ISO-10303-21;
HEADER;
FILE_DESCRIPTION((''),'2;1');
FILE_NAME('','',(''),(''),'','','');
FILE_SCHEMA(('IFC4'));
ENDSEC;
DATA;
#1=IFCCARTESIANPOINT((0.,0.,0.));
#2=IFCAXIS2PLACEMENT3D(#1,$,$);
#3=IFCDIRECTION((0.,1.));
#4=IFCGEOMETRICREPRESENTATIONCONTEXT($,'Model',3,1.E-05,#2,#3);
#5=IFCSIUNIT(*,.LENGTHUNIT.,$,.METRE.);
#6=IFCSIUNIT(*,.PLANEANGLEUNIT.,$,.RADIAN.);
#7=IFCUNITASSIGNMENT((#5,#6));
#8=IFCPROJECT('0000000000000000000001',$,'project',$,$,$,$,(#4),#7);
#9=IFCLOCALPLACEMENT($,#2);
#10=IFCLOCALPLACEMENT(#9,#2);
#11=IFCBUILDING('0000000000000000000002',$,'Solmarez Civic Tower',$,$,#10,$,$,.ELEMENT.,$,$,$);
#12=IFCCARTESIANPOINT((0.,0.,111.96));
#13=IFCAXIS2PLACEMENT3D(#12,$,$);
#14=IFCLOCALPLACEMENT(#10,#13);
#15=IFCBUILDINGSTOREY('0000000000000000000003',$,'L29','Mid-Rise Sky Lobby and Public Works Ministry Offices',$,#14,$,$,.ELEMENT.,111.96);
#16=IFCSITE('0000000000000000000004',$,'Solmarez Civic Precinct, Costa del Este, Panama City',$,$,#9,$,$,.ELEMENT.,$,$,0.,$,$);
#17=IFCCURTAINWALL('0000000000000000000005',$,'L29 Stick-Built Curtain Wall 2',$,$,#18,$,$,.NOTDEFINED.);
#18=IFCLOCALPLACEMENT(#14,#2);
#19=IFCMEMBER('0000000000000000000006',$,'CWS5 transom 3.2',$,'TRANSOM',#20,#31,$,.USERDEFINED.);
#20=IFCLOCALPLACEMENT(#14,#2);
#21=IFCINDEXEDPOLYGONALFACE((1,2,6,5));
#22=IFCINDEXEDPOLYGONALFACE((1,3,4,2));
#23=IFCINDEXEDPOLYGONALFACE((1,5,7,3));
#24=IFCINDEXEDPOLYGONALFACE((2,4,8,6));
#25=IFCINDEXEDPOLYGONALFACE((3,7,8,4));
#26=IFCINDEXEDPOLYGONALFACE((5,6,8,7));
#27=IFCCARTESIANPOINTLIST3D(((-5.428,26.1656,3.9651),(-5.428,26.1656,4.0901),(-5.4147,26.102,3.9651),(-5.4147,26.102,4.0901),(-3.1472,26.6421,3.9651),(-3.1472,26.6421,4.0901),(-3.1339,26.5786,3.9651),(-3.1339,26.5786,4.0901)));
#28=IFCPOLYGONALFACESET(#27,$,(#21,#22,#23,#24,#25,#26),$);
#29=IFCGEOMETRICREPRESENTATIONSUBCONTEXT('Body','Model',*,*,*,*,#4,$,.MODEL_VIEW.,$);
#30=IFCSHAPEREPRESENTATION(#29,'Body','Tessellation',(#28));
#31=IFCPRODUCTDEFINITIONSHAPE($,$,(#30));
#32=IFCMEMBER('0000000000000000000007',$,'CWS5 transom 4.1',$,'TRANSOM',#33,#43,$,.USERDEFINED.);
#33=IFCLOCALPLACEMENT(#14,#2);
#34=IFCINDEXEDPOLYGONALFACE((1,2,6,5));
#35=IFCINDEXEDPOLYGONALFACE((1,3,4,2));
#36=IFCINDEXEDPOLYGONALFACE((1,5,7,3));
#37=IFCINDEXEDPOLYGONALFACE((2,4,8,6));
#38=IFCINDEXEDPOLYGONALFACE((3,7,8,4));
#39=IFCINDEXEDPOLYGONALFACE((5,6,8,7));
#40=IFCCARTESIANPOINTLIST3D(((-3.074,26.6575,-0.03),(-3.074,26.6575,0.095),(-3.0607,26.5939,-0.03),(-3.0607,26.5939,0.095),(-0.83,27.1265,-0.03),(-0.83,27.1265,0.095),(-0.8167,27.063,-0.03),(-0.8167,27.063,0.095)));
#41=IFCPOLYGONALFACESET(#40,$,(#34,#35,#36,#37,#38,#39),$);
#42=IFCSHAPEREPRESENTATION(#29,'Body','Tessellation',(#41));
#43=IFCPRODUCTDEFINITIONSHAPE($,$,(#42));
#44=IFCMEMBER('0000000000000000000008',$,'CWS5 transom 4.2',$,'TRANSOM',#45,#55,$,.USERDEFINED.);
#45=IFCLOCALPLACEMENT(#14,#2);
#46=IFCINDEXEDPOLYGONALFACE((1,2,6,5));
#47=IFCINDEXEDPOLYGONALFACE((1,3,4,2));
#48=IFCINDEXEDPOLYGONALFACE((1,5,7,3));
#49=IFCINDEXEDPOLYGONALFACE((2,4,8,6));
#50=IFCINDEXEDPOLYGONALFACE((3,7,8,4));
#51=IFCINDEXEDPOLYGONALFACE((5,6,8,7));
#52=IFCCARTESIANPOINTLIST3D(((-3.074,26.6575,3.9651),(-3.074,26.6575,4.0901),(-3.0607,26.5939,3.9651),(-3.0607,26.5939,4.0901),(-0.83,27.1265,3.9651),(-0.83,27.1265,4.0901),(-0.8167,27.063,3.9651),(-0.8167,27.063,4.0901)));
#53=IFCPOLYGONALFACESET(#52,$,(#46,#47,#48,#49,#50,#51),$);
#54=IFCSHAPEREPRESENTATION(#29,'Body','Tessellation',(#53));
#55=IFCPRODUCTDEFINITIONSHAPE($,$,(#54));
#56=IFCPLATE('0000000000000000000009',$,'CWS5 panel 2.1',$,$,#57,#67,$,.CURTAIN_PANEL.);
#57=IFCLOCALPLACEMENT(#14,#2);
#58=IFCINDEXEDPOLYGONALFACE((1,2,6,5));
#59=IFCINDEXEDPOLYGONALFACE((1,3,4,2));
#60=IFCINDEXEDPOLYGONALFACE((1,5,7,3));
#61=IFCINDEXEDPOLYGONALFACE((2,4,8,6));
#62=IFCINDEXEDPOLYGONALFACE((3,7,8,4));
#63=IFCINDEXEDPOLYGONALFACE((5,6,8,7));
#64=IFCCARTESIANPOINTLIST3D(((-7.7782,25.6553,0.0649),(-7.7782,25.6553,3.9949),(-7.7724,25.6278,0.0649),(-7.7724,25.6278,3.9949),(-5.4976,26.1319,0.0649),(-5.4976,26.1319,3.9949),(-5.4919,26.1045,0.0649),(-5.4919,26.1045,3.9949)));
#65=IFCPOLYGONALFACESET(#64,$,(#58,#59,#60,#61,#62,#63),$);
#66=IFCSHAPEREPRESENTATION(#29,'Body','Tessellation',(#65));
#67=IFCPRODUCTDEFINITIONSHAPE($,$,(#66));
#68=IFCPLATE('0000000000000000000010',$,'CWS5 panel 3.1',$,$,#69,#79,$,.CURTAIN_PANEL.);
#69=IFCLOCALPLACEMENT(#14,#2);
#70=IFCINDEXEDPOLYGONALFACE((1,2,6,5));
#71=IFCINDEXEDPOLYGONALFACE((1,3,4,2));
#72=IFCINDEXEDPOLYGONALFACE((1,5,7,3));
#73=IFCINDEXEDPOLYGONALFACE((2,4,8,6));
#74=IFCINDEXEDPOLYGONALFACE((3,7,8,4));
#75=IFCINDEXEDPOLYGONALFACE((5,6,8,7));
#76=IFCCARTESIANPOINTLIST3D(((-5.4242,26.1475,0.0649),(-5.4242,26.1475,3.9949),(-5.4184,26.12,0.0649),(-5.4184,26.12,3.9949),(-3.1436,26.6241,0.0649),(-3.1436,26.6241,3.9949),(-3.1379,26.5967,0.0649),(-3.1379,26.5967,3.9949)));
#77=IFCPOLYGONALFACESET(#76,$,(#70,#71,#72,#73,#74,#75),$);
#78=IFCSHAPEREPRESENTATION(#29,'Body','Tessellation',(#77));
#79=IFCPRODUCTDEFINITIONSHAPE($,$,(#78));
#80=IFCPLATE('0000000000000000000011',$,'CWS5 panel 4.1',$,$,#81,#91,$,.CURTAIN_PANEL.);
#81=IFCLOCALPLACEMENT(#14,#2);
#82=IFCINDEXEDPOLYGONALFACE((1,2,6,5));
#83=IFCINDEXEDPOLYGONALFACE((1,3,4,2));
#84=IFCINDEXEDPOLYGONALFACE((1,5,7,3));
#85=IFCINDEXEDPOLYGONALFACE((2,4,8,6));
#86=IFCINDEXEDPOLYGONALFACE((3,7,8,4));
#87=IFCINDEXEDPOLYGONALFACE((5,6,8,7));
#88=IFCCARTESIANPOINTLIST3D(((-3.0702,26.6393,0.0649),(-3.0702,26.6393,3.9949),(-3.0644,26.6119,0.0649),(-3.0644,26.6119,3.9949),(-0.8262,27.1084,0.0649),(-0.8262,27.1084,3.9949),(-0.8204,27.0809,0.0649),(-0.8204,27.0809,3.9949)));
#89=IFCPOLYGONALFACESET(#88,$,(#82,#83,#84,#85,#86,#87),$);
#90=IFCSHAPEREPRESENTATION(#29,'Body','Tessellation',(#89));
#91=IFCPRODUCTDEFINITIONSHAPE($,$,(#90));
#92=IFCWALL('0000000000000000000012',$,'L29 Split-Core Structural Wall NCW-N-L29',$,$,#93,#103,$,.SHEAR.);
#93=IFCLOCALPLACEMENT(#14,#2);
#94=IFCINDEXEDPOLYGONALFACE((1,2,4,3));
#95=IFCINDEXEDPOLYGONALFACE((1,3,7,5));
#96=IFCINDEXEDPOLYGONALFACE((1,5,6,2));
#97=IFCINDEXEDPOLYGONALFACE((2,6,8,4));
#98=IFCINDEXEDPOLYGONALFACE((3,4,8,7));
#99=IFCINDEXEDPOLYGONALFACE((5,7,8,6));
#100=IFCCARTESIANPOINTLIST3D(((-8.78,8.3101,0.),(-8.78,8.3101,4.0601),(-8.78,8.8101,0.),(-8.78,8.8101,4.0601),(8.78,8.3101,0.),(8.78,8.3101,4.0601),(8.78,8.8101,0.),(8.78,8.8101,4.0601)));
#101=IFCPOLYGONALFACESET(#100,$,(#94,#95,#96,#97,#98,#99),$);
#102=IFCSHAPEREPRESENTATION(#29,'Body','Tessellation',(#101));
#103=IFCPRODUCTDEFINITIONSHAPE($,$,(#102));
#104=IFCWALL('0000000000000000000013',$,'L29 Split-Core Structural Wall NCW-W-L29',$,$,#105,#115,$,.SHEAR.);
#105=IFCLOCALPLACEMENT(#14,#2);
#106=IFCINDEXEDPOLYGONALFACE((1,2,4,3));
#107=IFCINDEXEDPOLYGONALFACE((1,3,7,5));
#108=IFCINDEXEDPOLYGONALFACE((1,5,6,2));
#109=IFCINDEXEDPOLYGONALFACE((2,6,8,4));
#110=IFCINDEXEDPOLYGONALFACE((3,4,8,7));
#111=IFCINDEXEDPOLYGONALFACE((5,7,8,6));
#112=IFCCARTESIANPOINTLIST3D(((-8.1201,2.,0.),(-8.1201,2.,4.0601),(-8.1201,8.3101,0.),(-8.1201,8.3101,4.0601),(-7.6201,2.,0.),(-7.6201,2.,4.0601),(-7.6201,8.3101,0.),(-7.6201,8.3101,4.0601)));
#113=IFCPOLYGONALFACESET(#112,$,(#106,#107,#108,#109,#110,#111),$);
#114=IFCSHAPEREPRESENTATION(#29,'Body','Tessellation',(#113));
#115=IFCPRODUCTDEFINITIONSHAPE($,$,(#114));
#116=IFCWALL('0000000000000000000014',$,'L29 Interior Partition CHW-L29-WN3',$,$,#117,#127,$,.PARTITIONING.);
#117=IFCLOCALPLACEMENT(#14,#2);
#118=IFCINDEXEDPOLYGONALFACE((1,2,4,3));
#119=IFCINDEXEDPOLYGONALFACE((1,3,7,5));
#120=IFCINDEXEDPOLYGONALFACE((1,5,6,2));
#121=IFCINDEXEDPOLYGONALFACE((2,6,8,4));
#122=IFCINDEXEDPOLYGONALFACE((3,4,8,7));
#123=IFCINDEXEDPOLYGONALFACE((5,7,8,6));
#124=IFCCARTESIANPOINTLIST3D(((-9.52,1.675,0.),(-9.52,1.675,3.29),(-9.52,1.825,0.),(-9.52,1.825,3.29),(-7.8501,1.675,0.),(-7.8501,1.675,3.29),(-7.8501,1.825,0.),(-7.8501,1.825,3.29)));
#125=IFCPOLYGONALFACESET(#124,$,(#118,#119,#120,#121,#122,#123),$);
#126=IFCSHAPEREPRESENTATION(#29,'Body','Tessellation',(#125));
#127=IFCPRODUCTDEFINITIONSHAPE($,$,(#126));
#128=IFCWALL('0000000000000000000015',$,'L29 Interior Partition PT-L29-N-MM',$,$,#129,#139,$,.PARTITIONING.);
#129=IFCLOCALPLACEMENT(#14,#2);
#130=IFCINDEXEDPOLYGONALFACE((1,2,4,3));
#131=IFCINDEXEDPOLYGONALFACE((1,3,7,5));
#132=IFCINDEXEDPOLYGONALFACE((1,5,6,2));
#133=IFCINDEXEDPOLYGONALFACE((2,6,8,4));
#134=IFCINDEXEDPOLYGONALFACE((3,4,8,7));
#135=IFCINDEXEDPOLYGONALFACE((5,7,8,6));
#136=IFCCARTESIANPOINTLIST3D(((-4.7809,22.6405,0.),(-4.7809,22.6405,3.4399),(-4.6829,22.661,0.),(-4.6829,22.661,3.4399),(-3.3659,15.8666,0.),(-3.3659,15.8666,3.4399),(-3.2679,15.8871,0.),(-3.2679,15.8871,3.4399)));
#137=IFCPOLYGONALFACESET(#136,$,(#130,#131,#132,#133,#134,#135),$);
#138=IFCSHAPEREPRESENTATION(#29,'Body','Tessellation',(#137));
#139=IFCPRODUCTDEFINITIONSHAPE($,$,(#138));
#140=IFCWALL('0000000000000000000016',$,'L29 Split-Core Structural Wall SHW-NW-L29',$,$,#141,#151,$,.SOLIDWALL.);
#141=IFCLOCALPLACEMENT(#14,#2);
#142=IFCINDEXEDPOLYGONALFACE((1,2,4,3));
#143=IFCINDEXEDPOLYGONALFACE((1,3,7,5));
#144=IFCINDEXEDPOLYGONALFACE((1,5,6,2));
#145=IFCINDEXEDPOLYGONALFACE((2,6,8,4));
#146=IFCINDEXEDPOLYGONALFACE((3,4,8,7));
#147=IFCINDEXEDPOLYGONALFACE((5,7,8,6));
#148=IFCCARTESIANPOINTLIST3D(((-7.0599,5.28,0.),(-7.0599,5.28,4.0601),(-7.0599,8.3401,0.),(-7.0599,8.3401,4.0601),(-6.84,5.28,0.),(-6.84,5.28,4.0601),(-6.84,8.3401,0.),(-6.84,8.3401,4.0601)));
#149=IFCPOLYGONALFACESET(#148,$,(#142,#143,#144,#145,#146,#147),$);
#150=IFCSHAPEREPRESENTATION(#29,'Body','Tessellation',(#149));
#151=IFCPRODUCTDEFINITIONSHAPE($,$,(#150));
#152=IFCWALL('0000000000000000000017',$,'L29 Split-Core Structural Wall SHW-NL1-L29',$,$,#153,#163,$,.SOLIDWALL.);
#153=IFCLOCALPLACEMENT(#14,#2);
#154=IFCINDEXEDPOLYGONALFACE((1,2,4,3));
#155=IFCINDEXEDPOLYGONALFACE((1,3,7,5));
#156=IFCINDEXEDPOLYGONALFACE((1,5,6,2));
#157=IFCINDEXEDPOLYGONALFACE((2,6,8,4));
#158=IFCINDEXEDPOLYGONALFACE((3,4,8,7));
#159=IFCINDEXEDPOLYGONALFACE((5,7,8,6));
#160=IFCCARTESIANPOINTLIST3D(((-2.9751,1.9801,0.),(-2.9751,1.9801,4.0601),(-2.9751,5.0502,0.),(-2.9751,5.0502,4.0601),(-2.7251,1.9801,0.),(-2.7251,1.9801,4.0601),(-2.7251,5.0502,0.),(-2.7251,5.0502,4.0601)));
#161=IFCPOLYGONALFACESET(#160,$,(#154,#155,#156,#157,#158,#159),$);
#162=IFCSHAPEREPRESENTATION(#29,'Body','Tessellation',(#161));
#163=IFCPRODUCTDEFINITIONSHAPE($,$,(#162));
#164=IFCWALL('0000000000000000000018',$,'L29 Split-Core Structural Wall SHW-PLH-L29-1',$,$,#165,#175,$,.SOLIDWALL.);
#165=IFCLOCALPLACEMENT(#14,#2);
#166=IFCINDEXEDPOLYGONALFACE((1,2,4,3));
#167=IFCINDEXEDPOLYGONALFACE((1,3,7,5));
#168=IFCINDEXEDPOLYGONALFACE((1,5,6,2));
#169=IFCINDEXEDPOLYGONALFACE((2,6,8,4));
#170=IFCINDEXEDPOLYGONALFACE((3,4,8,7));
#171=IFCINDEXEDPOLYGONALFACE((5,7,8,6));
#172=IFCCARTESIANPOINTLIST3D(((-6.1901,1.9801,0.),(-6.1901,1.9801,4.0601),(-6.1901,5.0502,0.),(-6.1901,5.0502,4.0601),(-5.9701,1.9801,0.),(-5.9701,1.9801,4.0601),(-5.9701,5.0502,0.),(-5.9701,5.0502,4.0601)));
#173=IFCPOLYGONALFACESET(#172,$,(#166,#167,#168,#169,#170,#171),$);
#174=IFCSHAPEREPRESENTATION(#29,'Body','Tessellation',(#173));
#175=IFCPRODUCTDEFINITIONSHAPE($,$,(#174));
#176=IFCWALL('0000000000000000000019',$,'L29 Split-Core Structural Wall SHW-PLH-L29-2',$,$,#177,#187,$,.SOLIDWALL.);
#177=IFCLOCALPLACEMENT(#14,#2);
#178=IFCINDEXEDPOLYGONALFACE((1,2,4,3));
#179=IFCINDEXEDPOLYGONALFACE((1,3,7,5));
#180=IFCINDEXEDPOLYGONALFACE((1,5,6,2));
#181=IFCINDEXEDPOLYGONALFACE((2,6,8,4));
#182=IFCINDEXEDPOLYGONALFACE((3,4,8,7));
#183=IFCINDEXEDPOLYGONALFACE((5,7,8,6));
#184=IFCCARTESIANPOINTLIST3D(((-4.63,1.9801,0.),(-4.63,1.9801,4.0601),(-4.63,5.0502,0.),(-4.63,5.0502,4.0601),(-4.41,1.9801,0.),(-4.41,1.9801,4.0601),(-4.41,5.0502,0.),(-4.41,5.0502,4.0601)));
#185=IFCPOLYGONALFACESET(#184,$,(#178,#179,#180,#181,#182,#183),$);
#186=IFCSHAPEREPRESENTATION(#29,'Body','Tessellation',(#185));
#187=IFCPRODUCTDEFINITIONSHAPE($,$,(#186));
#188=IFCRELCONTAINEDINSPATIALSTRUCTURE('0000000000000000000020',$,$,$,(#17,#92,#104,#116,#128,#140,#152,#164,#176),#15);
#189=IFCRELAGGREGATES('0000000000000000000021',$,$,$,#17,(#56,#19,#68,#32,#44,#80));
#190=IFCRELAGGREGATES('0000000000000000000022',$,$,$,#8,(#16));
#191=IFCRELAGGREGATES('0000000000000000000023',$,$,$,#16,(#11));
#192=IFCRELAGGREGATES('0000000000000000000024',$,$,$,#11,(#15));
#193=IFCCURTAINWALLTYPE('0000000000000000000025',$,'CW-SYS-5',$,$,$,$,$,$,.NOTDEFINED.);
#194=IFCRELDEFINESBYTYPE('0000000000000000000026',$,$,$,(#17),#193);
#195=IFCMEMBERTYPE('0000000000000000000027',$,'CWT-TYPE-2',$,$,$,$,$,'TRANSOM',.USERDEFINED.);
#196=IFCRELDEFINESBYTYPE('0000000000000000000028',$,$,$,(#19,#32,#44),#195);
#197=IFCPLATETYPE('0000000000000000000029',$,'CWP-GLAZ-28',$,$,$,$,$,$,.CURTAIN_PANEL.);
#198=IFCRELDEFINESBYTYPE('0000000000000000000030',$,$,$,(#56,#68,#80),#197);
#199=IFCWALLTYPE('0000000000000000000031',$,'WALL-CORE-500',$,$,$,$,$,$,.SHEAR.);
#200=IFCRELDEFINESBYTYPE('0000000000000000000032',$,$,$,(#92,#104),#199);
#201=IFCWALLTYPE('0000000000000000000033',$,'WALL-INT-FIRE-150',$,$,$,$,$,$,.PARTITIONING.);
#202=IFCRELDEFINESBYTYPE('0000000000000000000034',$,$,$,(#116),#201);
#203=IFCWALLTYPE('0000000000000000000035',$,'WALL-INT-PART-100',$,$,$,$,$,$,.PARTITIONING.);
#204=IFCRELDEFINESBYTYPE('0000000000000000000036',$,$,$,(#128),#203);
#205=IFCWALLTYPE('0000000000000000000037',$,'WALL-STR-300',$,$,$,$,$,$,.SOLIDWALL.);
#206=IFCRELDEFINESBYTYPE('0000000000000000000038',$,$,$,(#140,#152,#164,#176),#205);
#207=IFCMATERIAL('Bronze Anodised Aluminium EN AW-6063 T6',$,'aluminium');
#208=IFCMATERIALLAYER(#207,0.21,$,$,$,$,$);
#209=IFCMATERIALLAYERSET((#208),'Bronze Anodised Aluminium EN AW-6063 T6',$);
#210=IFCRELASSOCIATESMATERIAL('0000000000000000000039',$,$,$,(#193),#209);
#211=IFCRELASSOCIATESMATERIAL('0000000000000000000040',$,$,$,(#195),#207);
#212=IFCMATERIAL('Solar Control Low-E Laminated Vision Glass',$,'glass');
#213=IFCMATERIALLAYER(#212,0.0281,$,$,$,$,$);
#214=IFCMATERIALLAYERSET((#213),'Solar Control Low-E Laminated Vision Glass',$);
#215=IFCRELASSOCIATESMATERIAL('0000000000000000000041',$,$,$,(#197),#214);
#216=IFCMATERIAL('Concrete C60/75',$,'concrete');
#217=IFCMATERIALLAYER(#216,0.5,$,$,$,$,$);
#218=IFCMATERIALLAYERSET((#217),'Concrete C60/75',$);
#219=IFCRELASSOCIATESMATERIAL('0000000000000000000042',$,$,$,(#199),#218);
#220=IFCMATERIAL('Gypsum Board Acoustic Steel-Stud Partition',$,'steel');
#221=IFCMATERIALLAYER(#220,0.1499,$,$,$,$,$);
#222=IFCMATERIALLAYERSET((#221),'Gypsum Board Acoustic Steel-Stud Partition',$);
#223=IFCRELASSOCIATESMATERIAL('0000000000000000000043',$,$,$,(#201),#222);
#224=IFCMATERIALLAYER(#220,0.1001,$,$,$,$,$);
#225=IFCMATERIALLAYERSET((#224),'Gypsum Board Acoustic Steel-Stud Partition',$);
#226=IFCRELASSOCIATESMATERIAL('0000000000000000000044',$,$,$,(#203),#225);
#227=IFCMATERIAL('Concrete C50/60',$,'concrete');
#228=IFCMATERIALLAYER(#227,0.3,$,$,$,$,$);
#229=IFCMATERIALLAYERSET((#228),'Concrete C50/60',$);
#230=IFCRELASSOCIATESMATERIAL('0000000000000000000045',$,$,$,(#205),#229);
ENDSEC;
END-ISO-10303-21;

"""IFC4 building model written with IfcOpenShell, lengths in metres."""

from ifc_helpers import new_model, si_unit, direction, frame, frame_2d, origin, origin_2d, place, context, subcontext, project, spatial, rectangle, extrude, material, layer, layer_set, material_profile, profile_set, type_object, element, aggregate, save


model = new_model("IFC4")

# Units and contexts
model_context = context("Model", 3, precision=1e-05, world=origin(), true_north=direction((0.0, 1.0)))
body_context = subcontext(model_context, "Body", "Model", "MODEL_VIEW")
ifc_project = project(units=[si_unit("LENGTHUNIT", "METRE"), si_unit("PLANEANGLEUNIT", "RADIAN")], contexts=[model_context])

# Site, building, storey
site_placement = place(None, origin())
site = spatial("IfcSite", under=ifc_project, at=site_placement, Name="Solmarez Civic Precinct, Costa del Este, Panama City", CompositionType="ELEMENT", RefElevation=0.0)
building_placement = place(site_placement, origin())
building = spatial("IfcBuilding", under=site, at=building_placement, Name="Solmarez Civic Tower", CompositionType="ELEMENT")
storey_placement = place(building_placement, frame((0.0, 0.0, 111.96)))
storey = spatial("IfcBuildingStorey", under=building, at=storey_placement, Name="L29", Description="Mid-Rise Sky Lobby and Public Works Ministry Offices", CompositionType="ELEMENT", Elevation=111.96)

# Shared definitions
ifc_material_1 = material(Name="Concrete C50/60", Category="concrete")

# Curtain wall, members, plates
ifc_material_2 = material(Name="Bronze Anodised Aluminium EN AW-6063 T6", Category="aluminium")
ifc_layer_1 = layer(ifc_material_2, 0.21)
ifc_layer_set_1 = layer_set([ifc_layer_1], Name="Bronze Anodised Aluminium EN AW-6063 T6")
curtain_wall_type = type_object("IfcCurtainWallType", Name="CW-SYS-5", PredefinedType="NOTDEFINED", material=ifc_layer_set_1)
curtain_wall_placement = place(storey_placement, origin())
curtain_wall = element("IfcCurtainWall", 1, at=curtain_wall_placement, inside=storey, type_object=curtain_wall_type, Name="L29 Stick-Built Curtain Wall 2", PredefinedType="NOTDEFINED")
ifc_material_profile_1 = material_profile(ifc_material_2, rectangle(XDim=0.0649, YDim=0.125, at=origin_2d()), Name="CWT-65X125")
ifc_profile_set_1 = profile_set([ifc_material_profile_1], Name="Bronze Anodised Aluminium EN AW-6063 T6")
member_type_1 = type_object("IfcMemberType", Name="CWT-TYPE-2", ElementType="TRANSOM", PredefinedType="USERDEFINED", material=ifc_profile_set_1)
member_1_placement = place(storey_placement, frame((-5.4214, 26.1338, 4.0276), z_axis=(0.97886, 0.204532, 0.0), x_axis=(-0.204532, 0.97886, 0.0)))
member_1 = element("IfcMember", 2, at=member_1_placement, type_object=member_type_1, Name="CWS5 transom 3.2", ObjectType="TRANSOM", PredefinedType="USERDEFINED", context=body_context, shape_type="SweptSolid", body=[
    extrude(rectangle(XDim=0.0649, YDim=0.125, at=origin_2d()), origin(), (0.0, 0.0, 1.0), 2.3301),
])
member_2_placement = place(storey_placement, frame((-3.0674, 26.6257, 0.0325), z_axis=(0.978848, 0.204588, 0.0), x_axis=(-0.204588, 0.978848, 0.0)))
member_2 = element("IfcMember", 3, at=member_2_placement, type_object=member_type_1, Name="CWS5 transom 4.1", ObjectType="TRANSOM", PredefinedType="USERDEFINED", context=body_context, shape_type="SweptSolid", body=[
    extrude(rectangle(XDim=0.0649, YDim=0.125, at=origin_2d()), origin(), (0.0, 0.0, 1.0), 2.2925),
])
member_3_placement = place(storey_placement, frame((-3.0674, 26.6257, 4.0276), z_axis=(0.978848, 0.204588, 0.0), x_axis=(-0.204588, 0.978848, 0.0)))
member_3 = element("IfcMember", 4, at=member_3_placement, type_object=member_type_1, Name="CWS5 transom 4.2", ObjectType="TRANSOM", PredefinedType="USERDEFINED", context=body_context, shape_type="SweptSolid", body=[
    extrude(rectangle(XDim=0.0649, YDim=0.125, at=origin_2d()), origin(), (0.0, 0.0, 1.0), 2.2925),
])
ifc_material_3 = material(Name="Solar Control Low-E Laminated Vision Glass", Category="glass")
ifc_layer_2 = layer(ifc_material_3, 0.0281)
ifc_layer_set_2 = layer_set([ifc_layer_2], Name="Solar Control Low-E Laminated Vision Glass")
plate_type = type_object("IfcPlateType", Name="CWP-GLAZ-28", PredefinedType="CURTAIN_PANEL", material=ifc_layer_set_2)
plate_1_placement = place(storey_placement, frame((-6.635, 25.8799, 0.0649), z_axis=(0.0, 0.0, 1.0), x_axis=(0.978849, 0.204585, 0.0)))
plate_1 = element("IfcPlate", 5, at=plate_1_placement, type_object=plate_type, Name="CWS5 panel 2.1", PredefinedType="CURTAIN_PANEL", context=body_context, shape_type="SweptSolid", body=[
    extrude(rectangle(XDim=2.3298, YDim=0.0281, at=origin_2d()), origin(), (0.0, 0.0, 1.0), 3.9299),
])
plate_2_placement = place(storey_placement, frame((-4.281, 26.3721, 0.0649), z_axis=(0.0, 0.0, 1.0), x_axis=(0.978849, 0.204585, 0.0)))
plate_2 = element("IfcPlate", 6, at=plate_2_placement, type_object=plate_type, Name="CWS5 panel 3.1", PredefinedType="CURTAIN_PANEL", context=body_context, shape_type="SweptSolid", body=[
    extrude(rectangle(XDim=2.3298, YDim=0.0281, at=origin_2d()), origin(), (0.0, 0.0, 1.0), 3.9299),
])
plate_3_placement = place(storey_placement, frame((-1.9453, 26.8601, 0.0649), z_axis=(0.0, 0.0, 1.0), x_axis=(0.978849, 0.204585, 0.0)))
plate_3 = element("IfcPlate", 7, at=plate_3_placement, type_object=plate_type, Name="CWS5 panel 4.1", PredefinedType="CURTAIN_PANEL", context=body_context, shape_type="SweptSolid", body=[
    extrude(rectangle(XDim=2.2925, YDim=0.0281, at=origin_2d()), origin(), (0.0, 0.0, 1.0), 3.9299),
])
aggregate(curtain_wall, [plate_1, member_1, plate_2, member_2, member_3, plate_3])

# Walls
ifc_material_4 = material(Name="Concrete C60/75", Category="concrete")
ifc_layer_3 = layer(ifc_material_4, 0.5)
ifc_layer_set_3 = layer_set([ifc_layer_3], Name="Concrete C60/75")
wall_type_1 = type_object("IfcWallType", Name="WALL-CORE-500", PredefinedType="SHEAR", material=ifc_layer_set_3)
wall_1_placement = place(storey_placement, frame((-8.78, 8.5601, 0.0), z_axis=(0.0, 0.0, 1.0), x_axis=(1.0, 0.0, 0.0)))
element("IfcWall", 8, at=wall_1_placement, inside=storey, type_object=wall_type_1, Name="L29 Split-Core Structural Wall NCW-N-L29", PredefinedType="SHEAR", context=body_context, shape_type="SweptSolid", body=[
    extrude(rectangle(XDim=17.5601, YDim=0.5, at=frame_2d((8.78, 0.0))), origin(), (0.0, 0.0, 1.0), 4.0601),
])
wall_2_placement = place(storey_placement, frame((-7.8701, 2.0, 0.0), z_axis=(0.0, 0.0, 1.0), x_axis=(0.0, 1.0, 0.0)))
element("IfcWall", 9, at=wall_2_placement, inside=storey, type_object=wall_type_1, Name="L29 Split-Core Structural Wall NCW-W-L29", PredefinedType="SHEAR", context=body_context, shape_type="SweptSolid", body=[
    extrude(rectangle(XDim=6.3101, YDim=0.5, at=frame_2d((3.155, 0.0))), origin(), (0.0, 0.0, 1.0), 4.0601),
])
ifc_material_5 = material(Name="Gypsum Board Acoustic Steel-Stud Partition", Category="steel")
ifc_layer_4 = layer(ifc_material_5, 0.1499)
ifc_layer_set_4 = layer_set([ifc_layer_4], Name="Gypsum Board Acoustic Steel-Stud Partition")
wall_type_2 = type_object("IfcWallType", Name="WALL-INT-FIRE-150", PredefinedType="PARTITIONING", material=ifc_layer_set_4)
wall_3_placement = place(storey_placement, frame((-7.8501, 1.75, 0.0), z_axis=(0.0, 0.0, 1.0), x_axis=(-1.0, 0.0, 0.0)))
element("IfcWall", 10, at=wall_3_placement, inside=storey, type_object=wall_type_2, Name="L29 Interior Partition CHW-L29-WN3", PredefinedType="PARTITIONING", context=body_context, shape_type="SweptSolid", body=[
    extrude(rectangle(XDim=1.6699, YDim=0.1499, at=frame_2d((0.835, 0.0))), origin(), (0.0, 0.0, 1.0), 3.29),
])
ifc_layer_5 = layer(ifc_material_5, 0.1001)
ifc_layer_set_5 = layer_set([ifc_layer_5], Name="Gypsum Board Acoustic Steel-Stud Partition")
wall_type_3 = type_object("IfcWallType", Name="WALL-INT-PART-100", PredefinedType="PARTITIONING", material=ifc_layer_set_5)
wall_4_placement = place(storey_placement, frame((-3.3169, 15.877, 0.0), z_axis=(0.0, 0.0, 1.0), x_axis=(-0.204481, 0.978871, 0.0)))
element("IfcWall", 11, at=wall_4_placement, inside=storey, type_object=wall_type_3, Name="L29 Interior Partition PT-L29-N-MM", PredefinedType="PARTITIONING", context=body_context, shape_type="SweptSolid", body=[
    extrude(rectangle(XDim=6.9202, YDim=0.1001, at=frame_2d((3.46, 0.0))), origin(), (0.0, 0.0, 1.0), 3.4399),
])
ifc_layer_6 = layer(ifc_material_1, 0.3)
ifc_layer_set_6 = layer_set([ifc_layer_6], Name="Concrete C50/60")
wall_type_4 = type_object("IfcWallType", Name="WALL-STR-300", PredefinedType="SOLIDWALL", material=ifc_layer_set_6)
wall_5_placement = place(storey_placement, frame((-6.95, 5.28, 0.0), z_axis=(0.0, 0.0, 1.0), x_axis=(0.0, 1.0, 0.0)))
element("IfcWall", 12, at=wall_5_placement, inside=storey, type_object=wall_type_4, Name="L29 Split-Core Structural Wall SHW-NW-L29", PredefinedType="SOLIDWALL", context=body_context, shape_type="SweptSolid", body=[
    extrude(rectangle(XDim=3.0601, YDim=0.22, at=frame_2d((1.53, 0.0))), origin(), (0.0, 0.0, 1.0), 4.0601),
])
wall_6_placement = place(storey_placement, frame((-2.8501, 1.98, 0.0), z_axis=(0.0, 0.0, 1.0), x_axis=(0.0, 1.0, 0.0)))
element("IfcWall", 13, at=wall_6_placement, inside=storey, type_object=wall_type_4, Name="L29 Split-Core Structural Wall SHW-NL1-L29", PredefinedType="SOLIDWALL", context=body_context, shape_type="SweptSolid", body=[
    extrude(rectangle(XDim=3.0701, YDim=0.25, at=frame_2d((1.5352, 0.0))), origin(), (0.0, 0.0, 1.0), 4.0601),
])
for number, where, z_axis, x_axis, name in (
    (14, (-6.0801, 1.98, 0.0), (0.0, 0.0, 1.0), (0.0, 1.0, 0.0), "L29 Split-Core Structural Wall SHW-PLH-L29-1"),
    (15, (-4.52, 1.98, 0.0), (0.0, 0.0, 1.0), (0.0, 1.0, 0.0), "L29 Split-Core Structural Wall SHW-PLH-L29-2"),
):
    element("IfcWall", number, at=place(storey_placement, frame(where, z_axis=z_axis, x_axis=x_axis)), inside=storey, type_object=wall_type_4, Name=name, PredefinedType="SOLIDWALL", context=body_context, shape_type="SweptSolid", body=[
        extrude(rectangle(XDim=3.0701, YDim=0.22, at=frame_2d((1.5352, 0.0))), origin(), (0.0, 0.0, 1.0), 4.0601),
    ])

save(model, "model.ifc")
